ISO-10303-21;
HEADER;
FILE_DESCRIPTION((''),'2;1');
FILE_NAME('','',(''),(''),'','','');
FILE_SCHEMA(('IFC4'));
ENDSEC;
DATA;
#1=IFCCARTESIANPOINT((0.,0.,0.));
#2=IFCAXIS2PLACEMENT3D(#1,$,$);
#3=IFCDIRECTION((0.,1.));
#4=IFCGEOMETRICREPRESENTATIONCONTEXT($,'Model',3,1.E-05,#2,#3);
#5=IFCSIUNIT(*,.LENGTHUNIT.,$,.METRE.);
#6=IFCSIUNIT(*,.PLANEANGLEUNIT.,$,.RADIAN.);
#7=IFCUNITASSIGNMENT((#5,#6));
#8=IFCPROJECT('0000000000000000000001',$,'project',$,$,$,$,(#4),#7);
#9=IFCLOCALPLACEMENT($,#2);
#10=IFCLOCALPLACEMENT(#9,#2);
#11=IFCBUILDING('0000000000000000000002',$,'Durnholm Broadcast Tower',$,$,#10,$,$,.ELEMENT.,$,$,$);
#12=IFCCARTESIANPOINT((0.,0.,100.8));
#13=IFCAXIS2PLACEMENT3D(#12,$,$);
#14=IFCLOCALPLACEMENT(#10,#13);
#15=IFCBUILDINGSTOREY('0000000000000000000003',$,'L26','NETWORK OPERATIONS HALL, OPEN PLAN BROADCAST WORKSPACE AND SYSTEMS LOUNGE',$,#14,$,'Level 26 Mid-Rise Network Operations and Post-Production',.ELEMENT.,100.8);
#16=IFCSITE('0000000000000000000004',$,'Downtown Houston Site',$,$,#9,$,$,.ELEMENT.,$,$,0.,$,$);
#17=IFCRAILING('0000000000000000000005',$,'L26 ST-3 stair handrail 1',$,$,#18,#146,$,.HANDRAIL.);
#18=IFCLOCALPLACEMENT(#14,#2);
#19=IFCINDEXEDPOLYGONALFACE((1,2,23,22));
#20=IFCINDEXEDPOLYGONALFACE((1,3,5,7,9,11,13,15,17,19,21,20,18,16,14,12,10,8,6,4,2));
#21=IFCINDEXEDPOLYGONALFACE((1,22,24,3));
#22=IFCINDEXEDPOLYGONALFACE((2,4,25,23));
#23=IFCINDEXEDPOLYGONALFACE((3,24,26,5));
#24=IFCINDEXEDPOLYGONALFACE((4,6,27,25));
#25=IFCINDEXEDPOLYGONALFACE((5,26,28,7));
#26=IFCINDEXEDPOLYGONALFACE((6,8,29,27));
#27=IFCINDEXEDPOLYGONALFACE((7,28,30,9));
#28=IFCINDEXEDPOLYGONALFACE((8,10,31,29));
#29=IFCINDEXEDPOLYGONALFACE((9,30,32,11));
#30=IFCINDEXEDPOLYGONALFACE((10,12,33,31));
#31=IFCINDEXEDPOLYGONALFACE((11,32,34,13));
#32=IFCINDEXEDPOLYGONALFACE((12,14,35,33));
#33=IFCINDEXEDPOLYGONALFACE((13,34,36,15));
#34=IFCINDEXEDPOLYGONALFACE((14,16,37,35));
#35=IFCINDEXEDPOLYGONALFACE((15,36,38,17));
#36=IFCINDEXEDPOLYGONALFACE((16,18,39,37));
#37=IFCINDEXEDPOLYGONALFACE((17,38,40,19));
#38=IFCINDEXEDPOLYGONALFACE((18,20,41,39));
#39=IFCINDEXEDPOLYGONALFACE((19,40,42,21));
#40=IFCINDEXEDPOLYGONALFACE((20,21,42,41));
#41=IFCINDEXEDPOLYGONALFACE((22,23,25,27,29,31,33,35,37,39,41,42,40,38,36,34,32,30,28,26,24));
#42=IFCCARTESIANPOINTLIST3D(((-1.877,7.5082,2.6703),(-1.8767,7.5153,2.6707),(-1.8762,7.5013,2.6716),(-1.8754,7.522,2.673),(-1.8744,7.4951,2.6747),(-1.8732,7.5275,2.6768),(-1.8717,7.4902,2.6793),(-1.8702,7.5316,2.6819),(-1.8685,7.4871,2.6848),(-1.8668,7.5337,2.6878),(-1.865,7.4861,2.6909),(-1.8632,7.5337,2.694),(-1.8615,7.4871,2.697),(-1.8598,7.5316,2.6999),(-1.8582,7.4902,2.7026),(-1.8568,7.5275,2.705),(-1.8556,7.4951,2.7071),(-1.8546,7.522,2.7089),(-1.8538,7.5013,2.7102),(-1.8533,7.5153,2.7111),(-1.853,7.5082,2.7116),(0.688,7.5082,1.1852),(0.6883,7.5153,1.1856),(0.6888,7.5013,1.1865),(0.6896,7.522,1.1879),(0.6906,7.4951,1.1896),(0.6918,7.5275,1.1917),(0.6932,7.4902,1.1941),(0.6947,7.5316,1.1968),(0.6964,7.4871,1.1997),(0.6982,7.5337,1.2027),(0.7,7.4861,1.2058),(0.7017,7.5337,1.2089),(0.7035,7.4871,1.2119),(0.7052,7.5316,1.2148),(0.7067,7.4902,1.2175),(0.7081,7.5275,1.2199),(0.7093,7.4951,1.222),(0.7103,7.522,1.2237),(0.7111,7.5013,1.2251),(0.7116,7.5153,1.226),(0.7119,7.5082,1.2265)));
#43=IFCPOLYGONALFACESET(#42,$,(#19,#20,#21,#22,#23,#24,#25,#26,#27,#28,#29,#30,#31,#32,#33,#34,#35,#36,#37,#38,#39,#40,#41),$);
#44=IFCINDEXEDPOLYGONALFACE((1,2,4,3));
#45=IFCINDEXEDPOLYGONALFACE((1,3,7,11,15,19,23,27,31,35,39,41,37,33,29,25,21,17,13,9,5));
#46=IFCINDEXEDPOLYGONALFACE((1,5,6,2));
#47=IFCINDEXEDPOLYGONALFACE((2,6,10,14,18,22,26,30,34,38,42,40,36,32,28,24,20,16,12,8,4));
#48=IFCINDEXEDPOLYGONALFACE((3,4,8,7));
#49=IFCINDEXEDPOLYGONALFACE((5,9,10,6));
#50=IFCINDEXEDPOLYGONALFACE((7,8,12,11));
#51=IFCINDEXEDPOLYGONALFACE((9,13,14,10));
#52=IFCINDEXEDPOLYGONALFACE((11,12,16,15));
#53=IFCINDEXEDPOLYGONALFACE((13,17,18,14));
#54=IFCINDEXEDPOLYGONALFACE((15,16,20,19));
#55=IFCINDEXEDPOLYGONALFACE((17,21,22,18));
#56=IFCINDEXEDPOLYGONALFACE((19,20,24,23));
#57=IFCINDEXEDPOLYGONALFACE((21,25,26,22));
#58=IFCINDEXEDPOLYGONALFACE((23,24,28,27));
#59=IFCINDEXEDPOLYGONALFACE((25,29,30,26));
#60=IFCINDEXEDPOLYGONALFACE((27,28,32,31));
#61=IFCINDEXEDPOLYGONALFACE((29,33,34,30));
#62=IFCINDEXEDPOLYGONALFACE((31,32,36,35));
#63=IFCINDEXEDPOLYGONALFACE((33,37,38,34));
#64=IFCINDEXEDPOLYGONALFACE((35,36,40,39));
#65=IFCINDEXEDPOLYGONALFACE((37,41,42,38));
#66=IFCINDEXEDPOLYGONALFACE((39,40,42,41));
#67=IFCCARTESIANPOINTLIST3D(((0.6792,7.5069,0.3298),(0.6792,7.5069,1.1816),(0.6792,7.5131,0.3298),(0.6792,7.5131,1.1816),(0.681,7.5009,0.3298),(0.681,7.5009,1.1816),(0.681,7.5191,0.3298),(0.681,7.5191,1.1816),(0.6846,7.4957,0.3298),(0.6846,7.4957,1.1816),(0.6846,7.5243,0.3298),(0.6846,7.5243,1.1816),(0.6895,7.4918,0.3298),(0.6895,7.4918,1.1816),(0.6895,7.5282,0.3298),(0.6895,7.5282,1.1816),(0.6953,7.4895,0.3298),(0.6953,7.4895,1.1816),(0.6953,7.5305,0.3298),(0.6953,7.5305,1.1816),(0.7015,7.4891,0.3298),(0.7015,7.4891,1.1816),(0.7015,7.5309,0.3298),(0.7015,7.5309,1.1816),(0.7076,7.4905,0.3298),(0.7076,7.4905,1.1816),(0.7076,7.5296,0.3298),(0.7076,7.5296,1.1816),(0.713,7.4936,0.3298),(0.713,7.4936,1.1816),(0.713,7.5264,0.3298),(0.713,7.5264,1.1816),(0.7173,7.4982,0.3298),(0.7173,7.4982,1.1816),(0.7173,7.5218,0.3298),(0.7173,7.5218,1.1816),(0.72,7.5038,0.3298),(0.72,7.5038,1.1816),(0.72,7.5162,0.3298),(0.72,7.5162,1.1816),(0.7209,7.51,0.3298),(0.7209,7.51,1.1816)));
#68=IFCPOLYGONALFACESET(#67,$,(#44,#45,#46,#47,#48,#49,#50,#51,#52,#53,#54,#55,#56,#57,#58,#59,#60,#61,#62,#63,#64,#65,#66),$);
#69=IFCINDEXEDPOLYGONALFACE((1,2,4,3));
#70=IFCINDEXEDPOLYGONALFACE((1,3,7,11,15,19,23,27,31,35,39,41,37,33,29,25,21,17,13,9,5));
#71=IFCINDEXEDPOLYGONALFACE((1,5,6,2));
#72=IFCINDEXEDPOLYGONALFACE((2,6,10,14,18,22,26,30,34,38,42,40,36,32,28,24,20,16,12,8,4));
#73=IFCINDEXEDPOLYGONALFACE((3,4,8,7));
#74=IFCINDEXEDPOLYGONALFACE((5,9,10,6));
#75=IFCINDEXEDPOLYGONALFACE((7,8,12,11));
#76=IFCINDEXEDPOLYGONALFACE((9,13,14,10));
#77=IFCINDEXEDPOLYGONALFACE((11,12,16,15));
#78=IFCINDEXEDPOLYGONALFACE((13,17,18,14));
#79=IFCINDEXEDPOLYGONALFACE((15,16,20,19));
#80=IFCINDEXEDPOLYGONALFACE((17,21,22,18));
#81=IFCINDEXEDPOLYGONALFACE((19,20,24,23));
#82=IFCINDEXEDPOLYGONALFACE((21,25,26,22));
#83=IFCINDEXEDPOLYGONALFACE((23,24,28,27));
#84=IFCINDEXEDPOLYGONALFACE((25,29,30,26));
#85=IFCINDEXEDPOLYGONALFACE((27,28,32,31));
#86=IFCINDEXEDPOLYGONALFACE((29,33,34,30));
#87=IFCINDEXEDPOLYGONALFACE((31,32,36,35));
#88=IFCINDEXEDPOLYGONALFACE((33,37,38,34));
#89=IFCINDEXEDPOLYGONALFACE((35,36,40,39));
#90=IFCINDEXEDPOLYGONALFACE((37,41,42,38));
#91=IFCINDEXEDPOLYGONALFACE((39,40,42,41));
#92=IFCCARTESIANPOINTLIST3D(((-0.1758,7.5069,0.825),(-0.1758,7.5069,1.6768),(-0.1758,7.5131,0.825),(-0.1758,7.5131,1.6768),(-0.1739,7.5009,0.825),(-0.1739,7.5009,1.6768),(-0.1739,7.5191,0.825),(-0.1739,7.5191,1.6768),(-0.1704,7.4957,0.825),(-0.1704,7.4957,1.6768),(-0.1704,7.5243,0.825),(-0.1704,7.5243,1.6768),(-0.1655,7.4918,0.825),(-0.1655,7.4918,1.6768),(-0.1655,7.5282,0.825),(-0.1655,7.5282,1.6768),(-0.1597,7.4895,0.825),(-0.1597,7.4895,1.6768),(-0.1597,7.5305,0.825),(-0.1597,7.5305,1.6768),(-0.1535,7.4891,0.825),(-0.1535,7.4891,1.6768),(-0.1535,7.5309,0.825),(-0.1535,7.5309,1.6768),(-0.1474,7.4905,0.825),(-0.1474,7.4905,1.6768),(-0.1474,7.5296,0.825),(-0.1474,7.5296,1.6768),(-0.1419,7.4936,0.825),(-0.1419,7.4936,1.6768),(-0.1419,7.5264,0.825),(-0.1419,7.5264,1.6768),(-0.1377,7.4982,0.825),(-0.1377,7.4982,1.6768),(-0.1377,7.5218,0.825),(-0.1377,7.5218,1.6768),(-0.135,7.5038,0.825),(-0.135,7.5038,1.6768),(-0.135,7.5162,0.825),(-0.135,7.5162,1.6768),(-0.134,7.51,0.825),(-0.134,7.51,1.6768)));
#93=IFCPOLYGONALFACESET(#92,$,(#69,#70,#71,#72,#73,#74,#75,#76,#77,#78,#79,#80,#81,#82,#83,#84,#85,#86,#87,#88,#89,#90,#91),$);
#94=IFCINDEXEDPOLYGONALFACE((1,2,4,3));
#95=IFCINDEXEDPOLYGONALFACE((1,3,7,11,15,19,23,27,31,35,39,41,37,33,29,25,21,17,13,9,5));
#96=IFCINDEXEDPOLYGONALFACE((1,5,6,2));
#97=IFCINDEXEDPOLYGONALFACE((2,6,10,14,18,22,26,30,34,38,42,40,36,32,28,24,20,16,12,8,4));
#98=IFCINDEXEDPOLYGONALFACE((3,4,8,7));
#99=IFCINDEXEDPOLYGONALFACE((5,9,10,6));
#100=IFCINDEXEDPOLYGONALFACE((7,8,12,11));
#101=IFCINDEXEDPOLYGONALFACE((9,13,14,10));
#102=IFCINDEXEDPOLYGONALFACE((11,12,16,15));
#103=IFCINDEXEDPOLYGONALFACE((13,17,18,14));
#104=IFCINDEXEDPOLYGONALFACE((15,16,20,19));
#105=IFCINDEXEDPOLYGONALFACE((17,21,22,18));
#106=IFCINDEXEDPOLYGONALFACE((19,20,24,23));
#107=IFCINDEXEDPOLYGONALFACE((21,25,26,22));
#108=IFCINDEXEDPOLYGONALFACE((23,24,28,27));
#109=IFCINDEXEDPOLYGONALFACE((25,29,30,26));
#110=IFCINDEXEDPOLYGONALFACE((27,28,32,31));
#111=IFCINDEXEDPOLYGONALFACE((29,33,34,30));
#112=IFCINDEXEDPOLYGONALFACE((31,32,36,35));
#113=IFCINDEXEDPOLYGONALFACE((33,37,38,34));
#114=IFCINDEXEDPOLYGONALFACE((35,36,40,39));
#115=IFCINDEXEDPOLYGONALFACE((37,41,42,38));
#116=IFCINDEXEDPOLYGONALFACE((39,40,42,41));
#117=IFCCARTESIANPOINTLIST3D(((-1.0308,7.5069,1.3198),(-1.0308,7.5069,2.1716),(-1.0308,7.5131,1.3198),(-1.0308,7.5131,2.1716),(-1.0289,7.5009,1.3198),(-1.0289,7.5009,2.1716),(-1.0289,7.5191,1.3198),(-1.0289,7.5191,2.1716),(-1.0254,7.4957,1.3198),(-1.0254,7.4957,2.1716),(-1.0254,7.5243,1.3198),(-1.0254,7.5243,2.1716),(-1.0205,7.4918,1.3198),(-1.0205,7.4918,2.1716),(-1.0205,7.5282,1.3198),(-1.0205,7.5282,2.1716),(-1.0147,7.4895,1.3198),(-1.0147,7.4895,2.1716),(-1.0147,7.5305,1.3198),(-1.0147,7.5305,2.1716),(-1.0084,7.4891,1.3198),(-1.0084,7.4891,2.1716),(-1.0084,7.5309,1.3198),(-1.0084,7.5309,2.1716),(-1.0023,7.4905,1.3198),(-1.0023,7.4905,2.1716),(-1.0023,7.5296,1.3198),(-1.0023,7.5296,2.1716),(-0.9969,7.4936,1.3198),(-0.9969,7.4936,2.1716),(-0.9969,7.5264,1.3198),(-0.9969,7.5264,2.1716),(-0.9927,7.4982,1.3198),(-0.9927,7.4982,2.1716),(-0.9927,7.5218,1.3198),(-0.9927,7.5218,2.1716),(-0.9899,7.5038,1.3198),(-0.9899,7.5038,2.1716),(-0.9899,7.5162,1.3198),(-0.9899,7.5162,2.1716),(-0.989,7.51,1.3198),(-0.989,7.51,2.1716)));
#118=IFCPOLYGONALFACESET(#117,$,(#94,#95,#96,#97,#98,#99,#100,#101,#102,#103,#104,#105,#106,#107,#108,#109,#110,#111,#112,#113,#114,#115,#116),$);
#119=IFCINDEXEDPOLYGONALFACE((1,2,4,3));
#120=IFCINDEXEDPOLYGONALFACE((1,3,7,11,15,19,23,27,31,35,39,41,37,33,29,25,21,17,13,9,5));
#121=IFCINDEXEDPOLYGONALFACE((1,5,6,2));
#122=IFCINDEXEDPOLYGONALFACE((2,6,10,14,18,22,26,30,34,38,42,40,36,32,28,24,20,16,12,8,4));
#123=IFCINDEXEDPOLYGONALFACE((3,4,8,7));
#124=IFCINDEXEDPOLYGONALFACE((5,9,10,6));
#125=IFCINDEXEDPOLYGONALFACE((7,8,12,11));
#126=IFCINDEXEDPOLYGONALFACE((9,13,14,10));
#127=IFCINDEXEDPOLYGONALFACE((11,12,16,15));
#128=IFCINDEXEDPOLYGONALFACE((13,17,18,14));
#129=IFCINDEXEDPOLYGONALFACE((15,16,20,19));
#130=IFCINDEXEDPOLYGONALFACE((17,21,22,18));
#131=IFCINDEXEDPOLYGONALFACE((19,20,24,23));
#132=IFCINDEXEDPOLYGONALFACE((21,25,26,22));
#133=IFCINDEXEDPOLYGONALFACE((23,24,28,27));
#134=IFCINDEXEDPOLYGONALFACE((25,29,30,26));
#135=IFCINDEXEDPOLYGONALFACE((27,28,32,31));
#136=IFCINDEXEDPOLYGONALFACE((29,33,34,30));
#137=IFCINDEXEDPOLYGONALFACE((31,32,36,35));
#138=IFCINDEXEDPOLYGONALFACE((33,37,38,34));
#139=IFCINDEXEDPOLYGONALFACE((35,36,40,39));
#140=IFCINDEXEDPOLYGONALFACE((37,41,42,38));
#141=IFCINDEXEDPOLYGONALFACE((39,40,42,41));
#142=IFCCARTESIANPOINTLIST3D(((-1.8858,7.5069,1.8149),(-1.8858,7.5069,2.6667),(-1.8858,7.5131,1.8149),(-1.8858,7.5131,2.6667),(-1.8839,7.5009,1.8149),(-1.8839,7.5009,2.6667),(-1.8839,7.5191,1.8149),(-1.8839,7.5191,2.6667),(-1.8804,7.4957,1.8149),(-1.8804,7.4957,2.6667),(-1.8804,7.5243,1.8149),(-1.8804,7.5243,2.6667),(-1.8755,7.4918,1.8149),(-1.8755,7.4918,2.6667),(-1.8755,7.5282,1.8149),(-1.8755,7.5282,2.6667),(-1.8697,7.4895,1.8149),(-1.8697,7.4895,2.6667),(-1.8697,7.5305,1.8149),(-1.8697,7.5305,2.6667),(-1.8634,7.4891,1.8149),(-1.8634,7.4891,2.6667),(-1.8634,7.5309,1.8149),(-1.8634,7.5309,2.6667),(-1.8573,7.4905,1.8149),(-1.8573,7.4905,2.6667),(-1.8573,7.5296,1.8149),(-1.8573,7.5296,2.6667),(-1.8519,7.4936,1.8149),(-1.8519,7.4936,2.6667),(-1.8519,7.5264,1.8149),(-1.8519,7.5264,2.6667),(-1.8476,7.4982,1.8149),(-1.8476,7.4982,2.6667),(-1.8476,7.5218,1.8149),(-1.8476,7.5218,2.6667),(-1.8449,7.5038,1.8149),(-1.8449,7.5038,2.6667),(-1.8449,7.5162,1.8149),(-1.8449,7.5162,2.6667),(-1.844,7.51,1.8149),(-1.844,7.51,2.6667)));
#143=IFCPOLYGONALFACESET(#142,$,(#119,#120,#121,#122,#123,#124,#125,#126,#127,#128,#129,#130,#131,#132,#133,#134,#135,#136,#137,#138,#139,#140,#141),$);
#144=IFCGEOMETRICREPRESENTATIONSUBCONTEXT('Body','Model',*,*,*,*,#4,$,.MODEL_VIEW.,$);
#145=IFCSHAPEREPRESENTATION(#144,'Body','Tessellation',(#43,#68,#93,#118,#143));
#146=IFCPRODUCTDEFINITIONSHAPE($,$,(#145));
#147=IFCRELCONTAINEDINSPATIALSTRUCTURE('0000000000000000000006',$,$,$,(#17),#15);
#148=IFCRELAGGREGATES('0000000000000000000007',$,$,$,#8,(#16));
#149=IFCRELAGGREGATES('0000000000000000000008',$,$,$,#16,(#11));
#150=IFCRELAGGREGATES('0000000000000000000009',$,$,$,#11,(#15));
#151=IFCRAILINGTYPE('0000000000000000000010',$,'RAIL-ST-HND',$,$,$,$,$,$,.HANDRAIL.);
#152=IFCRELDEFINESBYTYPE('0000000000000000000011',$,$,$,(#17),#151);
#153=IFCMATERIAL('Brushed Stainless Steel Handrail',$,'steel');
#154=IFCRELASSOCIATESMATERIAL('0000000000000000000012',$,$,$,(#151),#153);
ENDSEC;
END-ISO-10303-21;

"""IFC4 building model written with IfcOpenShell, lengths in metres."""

from ifc_helpers import new_model, si_unit, direction, frame, origin, origin_2d, place, context, subcontext, project, spatial, circle, extrude, material, type_object, element, save


model = new_model("IFC4")

# Units and contexts
model_context = context("Model", 3, precision=1e-05, world=origin(), true_north=direction((0.0, 1.0)))
body_context = subcontext(model_context, "Body", "Model", "MODEL_VIEW")
ifc_project = project(units=[si_unit("LENGTHUNIT", "METRE"), si_unit("PLANEANGLEUNIT", "RADIAN")], contexts=[model_context])

# Site, building, storey
site_placement = place(None, origin())
site = spatial("IfcSite", under=ifc_project, at=site_placement, Name="Downtown Houston Site", CompositionType="ELEMENT", RefElevation=0.0)
building_placement = place(site_placement, origin())
building = spatial("IfcBuilding", under=site, at=building_placement, Name="Durnholm Broadcast Tower", CompositionType="ELEMENT")
storey_placement = place(building_placement, frame((0.0, 0.0, 100.8)))
storey = spatial("IfcBuildingStorey", under=building, at=storey_placement, Name="L26", Description="NETWORK OPERATIONS HALL, OPEN PLAN BROADCAST WORKSPACE AND SYSTEMS LOUNGE", LongName="Level 26 Mid-Rise Network Operations and Post-Production", CompositionType="ELEMENT", Elevation=100.8)

# Railing
ifc_material_1 = material(Name="Brushed Stainless Steel Handrail", Category="steel")
railing_type_1 = type_object("IfcRailingType", Name="RAIL-ST-HND", PredefinedType="HANDRAIL", material=ifc_material_1)
railing_1_placement = place(storey_placement, frame((0.7, 7.51, 0.3298)))
element("IfcRailing", 1, at=railing_1_placement, inside=storey, type_object=railing_type_1, Name="L26 ST-3 stair handrail 1", PredefinedType="HANDRAIL", context=body_context, shape_type="SweptSolid", body=[
    extrude(circle(Radius=0.0239, at=origin_2d()), frame((0.0, 0.0, 0.876), z_axis=(-0.865406, 0.0, 0.501072), x_axis=(0.0, -1.0, 0.0)), (0.0, 0.0, 1.0), 2.9639),
    extrude(circle(Radius=0.021, at=origin_2d()), origin(), (0.0, 0.0, 1.0), 0.8518),
    extrude(circle(Radius=0.021, at=origin_2d()), frame((-0.855, 0.0, 0.4951)), (0.0, 0.0, 1.0), 0.8518),
    extrude(circle(Radius=0.021, at=origin_2d()), frame((-1.71, 0.0, 0.99)), (0.0, 0.0, 1.0), 0.8518),
    extrude(circle(Radius=0.021, at=origin_2d()), frame((-2.5649, 0.0, 1.4851)), (0.0, 0.0, 1.0), 0.8518),
])

save(model, "model.ifc")
